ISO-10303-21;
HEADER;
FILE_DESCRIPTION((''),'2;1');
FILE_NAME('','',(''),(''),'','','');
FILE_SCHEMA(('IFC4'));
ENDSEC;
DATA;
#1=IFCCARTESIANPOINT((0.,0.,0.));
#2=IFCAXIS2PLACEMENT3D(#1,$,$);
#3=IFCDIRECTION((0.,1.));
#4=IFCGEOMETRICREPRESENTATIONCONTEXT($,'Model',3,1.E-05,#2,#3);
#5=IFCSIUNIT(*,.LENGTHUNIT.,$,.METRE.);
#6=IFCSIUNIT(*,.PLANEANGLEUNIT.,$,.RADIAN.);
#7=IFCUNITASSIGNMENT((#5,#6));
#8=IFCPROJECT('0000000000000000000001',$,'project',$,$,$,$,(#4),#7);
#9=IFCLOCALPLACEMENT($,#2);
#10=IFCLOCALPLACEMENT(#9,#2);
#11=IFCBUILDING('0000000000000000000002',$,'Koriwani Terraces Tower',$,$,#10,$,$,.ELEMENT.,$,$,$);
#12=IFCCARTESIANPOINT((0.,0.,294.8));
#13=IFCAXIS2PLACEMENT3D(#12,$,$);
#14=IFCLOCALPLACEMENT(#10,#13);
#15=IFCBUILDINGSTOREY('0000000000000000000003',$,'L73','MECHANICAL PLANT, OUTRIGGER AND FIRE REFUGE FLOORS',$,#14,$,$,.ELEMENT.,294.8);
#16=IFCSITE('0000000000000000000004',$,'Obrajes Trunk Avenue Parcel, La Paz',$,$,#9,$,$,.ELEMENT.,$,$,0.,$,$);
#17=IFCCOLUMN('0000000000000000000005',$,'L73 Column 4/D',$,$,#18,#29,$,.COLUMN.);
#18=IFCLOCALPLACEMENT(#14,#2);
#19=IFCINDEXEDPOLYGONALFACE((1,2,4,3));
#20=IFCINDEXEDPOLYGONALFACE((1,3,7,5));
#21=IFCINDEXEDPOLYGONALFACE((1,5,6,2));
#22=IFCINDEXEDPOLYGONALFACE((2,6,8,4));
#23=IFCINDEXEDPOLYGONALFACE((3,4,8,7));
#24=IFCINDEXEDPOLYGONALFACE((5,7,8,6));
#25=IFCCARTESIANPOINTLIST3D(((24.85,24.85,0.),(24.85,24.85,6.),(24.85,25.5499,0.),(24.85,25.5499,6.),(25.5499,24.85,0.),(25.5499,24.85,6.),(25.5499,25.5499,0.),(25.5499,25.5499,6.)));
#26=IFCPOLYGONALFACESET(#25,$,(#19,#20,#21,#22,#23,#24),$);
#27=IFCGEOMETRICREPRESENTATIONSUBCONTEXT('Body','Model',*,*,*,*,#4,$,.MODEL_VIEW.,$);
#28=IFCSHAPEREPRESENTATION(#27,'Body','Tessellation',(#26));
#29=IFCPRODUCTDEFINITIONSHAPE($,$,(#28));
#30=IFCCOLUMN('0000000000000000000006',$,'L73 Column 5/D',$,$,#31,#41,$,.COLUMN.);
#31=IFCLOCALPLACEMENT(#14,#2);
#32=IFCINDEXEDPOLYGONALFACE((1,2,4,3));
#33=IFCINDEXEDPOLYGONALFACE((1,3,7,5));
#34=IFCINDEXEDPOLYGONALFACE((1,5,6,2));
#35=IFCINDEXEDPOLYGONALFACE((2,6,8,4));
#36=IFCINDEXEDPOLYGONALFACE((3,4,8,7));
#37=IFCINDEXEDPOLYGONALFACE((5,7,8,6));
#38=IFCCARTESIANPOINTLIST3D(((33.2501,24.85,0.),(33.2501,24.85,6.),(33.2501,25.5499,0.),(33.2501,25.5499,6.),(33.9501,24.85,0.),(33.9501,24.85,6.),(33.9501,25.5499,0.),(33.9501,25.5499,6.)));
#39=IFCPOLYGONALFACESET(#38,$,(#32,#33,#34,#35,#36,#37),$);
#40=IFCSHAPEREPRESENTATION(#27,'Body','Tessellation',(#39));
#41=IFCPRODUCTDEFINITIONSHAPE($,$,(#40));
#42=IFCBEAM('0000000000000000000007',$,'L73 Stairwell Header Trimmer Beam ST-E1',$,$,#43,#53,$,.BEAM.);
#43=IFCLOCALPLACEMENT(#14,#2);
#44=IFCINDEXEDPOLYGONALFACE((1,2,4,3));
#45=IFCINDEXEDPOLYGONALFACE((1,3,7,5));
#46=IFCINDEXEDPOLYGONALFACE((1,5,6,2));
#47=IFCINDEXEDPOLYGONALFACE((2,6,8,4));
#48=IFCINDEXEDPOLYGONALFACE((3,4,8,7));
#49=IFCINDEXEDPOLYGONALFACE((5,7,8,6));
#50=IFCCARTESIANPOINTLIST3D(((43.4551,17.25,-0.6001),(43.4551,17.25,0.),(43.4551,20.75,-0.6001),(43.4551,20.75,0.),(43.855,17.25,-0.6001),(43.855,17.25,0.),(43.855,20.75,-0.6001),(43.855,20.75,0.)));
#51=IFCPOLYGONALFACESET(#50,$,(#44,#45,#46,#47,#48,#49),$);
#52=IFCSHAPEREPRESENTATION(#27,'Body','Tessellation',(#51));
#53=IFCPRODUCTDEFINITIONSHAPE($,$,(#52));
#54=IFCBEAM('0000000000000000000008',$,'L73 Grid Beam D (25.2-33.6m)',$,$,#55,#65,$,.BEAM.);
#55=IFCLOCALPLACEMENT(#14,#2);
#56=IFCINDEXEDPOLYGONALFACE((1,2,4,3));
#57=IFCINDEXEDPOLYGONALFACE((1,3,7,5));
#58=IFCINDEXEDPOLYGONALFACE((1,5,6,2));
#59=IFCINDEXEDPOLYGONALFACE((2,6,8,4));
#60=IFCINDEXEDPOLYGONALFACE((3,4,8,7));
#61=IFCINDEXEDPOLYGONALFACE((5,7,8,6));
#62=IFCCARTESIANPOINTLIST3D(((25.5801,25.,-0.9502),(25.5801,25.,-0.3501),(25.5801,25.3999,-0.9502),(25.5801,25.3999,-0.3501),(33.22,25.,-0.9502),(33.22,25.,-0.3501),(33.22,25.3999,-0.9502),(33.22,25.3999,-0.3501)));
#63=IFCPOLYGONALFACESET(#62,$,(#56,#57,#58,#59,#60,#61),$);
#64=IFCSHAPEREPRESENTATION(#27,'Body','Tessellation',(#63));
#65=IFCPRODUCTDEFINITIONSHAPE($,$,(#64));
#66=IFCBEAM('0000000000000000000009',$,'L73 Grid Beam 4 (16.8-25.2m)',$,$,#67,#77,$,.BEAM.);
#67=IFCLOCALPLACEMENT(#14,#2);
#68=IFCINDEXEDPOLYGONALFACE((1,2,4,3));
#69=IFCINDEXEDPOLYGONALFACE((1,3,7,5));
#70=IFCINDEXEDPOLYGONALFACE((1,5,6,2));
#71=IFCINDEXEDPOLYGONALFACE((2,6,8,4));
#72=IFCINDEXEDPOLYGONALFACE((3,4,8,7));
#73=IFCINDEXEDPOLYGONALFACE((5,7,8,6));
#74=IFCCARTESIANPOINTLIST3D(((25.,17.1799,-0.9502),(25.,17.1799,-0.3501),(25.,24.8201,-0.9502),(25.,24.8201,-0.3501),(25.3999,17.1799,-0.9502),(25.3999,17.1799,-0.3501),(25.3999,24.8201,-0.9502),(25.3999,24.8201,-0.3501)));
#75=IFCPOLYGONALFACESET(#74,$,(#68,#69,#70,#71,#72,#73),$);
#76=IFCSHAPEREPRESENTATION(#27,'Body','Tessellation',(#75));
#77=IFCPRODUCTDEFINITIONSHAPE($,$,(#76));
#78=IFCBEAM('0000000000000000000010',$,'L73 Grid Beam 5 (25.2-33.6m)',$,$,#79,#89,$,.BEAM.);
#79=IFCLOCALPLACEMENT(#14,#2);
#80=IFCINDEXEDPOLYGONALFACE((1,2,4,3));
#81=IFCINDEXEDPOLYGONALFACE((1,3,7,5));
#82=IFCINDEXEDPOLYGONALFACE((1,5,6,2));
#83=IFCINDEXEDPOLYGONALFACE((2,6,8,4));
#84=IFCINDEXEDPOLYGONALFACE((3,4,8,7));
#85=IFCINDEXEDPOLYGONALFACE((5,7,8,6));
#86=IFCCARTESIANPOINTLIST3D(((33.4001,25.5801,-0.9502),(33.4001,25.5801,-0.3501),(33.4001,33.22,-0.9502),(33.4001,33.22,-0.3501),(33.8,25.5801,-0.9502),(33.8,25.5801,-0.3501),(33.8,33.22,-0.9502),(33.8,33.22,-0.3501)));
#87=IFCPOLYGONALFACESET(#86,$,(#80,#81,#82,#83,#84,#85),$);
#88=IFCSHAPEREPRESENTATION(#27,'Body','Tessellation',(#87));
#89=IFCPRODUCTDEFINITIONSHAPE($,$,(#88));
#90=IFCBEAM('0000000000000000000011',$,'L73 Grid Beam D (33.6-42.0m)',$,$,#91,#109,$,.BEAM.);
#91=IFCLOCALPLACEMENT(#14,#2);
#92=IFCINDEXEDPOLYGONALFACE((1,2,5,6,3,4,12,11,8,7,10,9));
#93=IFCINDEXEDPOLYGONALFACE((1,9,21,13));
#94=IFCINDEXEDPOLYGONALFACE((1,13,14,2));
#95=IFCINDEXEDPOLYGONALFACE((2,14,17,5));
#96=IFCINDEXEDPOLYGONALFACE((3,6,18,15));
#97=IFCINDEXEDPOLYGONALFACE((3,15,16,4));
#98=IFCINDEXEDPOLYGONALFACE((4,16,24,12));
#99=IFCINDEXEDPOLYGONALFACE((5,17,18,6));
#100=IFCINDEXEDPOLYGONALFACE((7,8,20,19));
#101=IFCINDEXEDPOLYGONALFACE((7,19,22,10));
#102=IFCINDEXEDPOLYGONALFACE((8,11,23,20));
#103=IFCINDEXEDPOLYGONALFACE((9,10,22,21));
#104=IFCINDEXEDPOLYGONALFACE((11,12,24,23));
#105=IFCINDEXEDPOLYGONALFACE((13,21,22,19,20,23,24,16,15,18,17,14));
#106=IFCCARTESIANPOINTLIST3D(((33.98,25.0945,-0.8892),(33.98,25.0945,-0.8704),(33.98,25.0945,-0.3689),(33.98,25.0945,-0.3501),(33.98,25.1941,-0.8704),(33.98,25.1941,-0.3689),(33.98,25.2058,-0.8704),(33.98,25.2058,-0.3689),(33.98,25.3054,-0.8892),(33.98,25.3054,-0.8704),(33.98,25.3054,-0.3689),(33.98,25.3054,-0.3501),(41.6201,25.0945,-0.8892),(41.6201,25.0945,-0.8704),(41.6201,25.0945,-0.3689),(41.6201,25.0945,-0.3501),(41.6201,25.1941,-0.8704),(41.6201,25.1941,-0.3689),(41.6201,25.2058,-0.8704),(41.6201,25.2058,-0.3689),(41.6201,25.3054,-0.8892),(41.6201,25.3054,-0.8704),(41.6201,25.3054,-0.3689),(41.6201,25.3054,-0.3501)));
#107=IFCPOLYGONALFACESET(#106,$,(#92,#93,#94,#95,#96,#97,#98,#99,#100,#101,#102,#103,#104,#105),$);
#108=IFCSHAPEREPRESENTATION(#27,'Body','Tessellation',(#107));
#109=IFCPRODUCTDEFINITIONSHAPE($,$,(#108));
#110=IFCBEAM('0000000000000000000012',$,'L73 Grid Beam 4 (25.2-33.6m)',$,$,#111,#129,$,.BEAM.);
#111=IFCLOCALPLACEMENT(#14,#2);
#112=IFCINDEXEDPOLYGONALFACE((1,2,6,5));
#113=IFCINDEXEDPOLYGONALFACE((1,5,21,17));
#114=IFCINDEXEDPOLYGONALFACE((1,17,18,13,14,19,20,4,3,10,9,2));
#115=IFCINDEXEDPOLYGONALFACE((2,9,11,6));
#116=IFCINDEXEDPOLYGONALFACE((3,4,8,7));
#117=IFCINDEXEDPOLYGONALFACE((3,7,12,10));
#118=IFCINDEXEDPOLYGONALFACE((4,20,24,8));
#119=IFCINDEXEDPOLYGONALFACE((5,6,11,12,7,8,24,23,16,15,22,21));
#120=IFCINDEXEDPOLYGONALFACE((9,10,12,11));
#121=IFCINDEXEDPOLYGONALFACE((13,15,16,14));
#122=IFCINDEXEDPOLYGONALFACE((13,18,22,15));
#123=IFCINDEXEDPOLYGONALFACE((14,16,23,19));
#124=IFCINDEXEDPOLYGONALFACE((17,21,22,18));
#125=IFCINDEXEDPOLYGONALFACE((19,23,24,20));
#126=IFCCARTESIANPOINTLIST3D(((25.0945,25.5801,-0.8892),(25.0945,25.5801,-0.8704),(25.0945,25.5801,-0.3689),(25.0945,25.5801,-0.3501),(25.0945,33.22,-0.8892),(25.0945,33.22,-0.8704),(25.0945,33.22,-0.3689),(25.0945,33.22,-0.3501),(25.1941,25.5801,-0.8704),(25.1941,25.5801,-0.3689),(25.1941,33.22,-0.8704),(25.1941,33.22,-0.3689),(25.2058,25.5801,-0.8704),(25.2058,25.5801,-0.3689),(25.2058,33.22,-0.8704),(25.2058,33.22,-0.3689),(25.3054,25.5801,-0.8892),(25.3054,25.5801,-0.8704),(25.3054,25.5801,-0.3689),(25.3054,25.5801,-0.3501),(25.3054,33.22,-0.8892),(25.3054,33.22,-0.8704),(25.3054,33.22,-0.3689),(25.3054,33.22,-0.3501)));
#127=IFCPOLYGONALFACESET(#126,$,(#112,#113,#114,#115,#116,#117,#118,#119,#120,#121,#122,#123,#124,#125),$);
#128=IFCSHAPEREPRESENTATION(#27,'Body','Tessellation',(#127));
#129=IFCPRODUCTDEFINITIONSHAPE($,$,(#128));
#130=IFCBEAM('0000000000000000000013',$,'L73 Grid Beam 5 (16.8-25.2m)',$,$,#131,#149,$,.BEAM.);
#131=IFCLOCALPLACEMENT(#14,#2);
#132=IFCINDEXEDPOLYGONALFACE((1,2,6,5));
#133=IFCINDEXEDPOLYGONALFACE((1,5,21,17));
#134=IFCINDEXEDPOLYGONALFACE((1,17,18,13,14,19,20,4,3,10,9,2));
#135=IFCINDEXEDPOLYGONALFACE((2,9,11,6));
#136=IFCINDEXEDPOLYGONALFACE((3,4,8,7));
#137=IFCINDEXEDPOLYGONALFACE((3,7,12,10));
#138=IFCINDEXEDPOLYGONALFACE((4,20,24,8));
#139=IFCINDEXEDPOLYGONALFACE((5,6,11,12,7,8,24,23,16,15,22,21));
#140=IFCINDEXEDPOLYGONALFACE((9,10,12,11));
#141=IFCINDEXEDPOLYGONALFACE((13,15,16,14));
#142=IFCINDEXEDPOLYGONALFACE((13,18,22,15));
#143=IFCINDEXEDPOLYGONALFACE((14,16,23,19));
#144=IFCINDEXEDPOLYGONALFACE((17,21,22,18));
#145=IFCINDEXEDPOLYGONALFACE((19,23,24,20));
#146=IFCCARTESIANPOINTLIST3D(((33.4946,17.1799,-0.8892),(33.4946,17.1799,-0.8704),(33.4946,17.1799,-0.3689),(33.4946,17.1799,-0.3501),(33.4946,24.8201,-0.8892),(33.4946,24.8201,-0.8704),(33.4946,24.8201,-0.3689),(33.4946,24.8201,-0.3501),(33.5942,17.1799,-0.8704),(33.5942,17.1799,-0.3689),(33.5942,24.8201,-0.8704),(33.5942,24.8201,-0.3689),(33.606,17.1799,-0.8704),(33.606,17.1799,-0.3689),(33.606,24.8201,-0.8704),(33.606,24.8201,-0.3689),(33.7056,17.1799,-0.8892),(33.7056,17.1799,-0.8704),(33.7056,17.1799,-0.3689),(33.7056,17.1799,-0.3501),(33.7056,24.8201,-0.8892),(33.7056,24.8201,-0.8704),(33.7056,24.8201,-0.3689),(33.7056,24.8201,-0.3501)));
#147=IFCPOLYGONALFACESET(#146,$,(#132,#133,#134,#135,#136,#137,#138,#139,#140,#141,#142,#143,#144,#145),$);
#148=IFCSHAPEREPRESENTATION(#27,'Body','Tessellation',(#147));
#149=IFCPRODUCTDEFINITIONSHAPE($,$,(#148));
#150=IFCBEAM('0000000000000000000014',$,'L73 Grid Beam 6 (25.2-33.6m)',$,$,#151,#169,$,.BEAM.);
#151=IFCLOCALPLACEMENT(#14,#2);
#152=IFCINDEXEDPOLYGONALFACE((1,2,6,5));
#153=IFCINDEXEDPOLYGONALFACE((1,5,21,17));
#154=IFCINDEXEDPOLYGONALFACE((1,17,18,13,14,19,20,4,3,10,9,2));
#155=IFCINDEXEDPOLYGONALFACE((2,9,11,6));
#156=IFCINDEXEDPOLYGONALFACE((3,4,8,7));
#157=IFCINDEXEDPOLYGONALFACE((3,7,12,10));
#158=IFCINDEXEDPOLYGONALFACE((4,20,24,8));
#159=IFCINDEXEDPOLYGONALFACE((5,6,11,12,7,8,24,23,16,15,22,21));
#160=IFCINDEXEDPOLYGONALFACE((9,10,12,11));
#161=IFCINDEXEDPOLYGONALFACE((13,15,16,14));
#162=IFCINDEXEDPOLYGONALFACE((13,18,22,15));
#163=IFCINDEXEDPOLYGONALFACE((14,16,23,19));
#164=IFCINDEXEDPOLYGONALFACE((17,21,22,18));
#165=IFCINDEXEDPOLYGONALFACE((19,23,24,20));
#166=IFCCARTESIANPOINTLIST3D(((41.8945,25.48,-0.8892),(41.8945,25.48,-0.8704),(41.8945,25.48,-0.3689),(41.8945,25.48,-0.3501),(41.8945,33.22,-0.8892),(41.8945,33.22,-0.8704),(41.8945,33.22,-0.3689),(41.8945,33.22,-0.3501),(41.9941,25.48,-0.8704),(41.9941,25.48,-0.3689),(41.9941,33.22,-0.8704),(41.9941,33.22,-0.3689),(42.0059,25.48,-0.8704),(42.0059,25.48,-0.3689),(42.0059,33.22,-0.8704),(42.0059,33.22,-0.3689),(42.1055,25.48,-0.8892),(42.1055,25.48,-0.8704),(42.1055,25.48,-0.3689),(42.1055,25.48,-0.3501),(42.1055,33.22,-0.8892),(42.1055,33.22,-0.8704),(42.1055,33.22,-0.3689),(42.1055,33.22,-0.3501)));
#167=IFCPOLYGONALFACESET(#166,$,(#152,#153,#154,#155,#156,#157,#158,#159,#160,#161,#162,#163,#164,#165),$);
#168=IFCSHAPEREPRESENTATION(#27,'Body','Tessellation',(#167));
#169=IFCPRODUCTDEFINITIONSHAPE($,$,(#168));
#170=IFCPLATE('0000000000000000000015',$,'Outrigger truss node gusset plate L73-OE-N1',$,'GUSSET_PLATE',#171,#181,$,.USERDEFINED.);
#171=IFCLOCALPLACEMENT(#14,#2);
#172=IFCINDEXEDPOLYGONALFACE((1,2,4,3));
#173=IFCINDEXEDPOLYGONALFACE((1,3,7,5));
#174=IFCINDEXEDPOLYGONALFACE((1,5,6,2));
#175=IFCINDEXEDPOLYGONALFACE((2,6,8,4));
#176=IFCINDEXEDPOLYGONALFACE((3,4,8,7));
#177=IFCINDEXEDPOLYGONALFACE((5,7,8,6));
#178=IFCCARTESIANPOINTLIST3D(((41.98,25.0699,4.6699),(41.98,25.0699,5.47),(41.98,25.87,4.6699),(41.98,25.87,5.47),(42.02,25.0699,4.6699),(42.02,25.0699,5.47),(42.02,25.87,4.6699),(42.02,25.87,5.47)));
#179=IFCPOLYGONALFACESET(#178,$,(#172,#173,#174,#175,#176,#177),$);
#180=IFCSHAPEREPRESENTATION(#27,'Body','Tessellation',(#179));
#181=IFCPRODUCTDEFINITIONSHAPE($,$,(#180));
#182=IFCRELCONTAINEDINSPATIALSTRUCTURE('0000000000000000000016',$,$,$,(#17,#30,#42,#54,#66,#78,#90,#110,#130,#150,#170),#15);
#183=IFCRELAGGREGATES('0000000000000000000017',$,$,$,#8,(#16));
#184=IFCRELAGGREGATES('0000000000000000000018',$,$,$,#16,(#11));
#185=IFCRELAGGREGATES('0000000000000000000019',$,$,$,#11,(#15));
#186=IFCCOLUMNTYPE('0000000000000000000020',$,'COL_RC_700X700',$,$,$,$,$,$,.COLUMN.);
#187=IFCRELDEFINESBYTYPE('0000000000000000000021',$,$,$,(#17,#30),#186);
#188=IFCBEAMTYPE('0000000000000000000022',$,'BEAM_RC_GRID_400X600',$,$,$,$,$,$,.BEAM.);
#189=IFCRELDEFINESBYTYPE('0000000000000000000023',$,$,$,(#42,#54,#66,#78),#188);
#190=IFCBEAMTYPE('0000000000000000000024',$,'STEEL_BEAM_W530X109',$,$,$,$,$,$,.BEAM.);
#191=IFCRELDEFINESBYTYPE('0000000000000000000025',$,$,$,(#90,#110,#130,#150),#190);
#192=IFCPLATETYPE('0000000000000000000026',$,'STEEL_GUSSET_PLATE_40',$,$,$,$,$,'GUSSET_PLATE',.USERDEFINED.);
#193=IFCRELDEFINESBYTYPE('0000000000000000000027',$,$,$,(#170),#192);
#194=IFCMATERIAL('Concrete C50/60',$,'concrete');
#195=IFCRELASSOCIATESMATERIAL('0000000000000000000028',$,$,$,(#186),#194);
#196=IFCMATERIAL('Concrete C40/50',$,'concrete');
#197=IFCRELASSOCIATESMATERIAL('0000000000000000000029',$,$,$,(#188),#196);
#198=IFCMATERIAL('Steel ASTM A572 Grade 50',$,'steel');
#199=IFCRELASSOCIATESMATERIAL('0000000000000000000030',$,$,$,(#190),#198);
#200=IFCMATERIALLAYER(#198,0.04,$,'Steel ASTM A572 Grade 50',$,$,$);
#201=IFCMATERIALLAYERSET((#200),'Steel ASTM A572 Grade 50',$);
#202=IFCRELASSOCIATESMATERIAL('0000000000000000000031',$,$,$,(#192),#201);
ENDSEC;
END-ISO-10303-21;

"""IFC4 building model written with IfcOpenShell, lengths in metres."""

from ifc_helpers import new_model, si_unit, direction, frame, origin, origin_2d, place, context, subcontext, project, spatial, rectangle, i_section, extrude, material, layer, layer_set, material_profile, profile_set, type_object, element, save


model = new_model("IFC4")

# Units and contexts
model_context = context("Model", 3, precision=1e-05, world=origin(), true_north=direction((0.0, 1.0)))
body_context = subcontext(model_context, "Body", "Model", "MODEL_VIEW")
ifc_project = project(units=[si_unit("LENGTHUNIT", "METRE"), si_unit("PLANEANGLEUNIT", "RADIAN")], contexts=[model_context])

# Site, building, storey
site_placement = place(None, origin())
site = spatial("IfcSite", under=ifc_project, at=site_placement, Name="Obrajes Trunk Avenue Parcel, La Paz", CompositionType="ELEMENT", RefElevation=0.0)
building_placement = place(site_placement, origin())
building = spatial("IfcBuilding", under=site, at=building_placement, Name="Koriwani Terraces Tower", CompositionType="ELEMENT")
storey_placement = place(building_placement, frame((0.0, 0.0, 294.8)))
storey = spatial("IfcBuildingStorey", under=building, at=storey_placement, Name="L73", Description="MECHANICAL PLANT, OUTRIGGER AND FIRE REFUGE FLOORS", CompositionType="ELEMENT", Elevation=294.8)

# Columns
ifc_material_1 = material(Name="Concrete C50/60", Category="concrete")
ifc_material_profile_1 = material_profile(ifc_material_1, rectangle(XDim=0.7, YDim=0.7, at=origin_2d()), Name="Concrete C50/60", Category="LoadBearing")
ifc_profile_set_1 = profile_set([ifc_material_profile_1], Name="Concrete C50/60")
column_type = type_object("IfcColumnType", Name="COL_RC_700X700", PredefinedType="COLUMN", material=ifc_profile_set_1)
for number, where, z_axis, x_axis, name in (
    (1, (25.2, 25.2, 0.0), (0.0, 0.0, 1.0), (1.0, 0.0, 0.0), "L73 Column 4/D"),
    (2, (33.6001, 25.2, 0.0), (0.0, 0.0, 1.0), (1.0, 0.0, 0.0), "L73 Column 5/D"),
):
    element("IfcColumn", number, at=place(storey_placement, frame(where, z_axis=z_axis, x_axis=x_axis)), inside=storey, type_object=column_type, Name=name, PredefinedType="COLUMN", context=body_context, shape_type="SweptSolid", body=[
        extrude(rectangle(XDim=0.7, YDim=0.7, at=origin_2d()), origin(), (0.0, 0.0, 1.0), 6.0),
    ])

# Beams
ifc_material_2 = material(Name="Concrete C40/50", Category="concrete")
ifc_material_profile_2 = material_profile(ifc_material_2, rectangle(XDim=0.3999, YDim=0.6001, at=origin_2d()), Name="Concrete C40/50", Category="LoadBearing")
ifc_profile_set_2 = profile_set([ifc_material_profile_2], Name="Concrete C40/50")
beam_type_1 = type_object("IfcBeamType", Name="BEAM_RC_GRID_400X600", PredefinedType="BEAM", material=ifc_profile_set_2)
beam_1_placement = place(storey_placement, frame((43.655, 17.25, -0.3), z_axis=(0.0, 1.0, 0.0), x_axis=(-1.0, 0.0, 0.0)))
element("IfcBeam", 3, at=beam_1_placement, inside=storey, type_object=beam_type_1, Name="L73 Stairwell Header Trimmer Beam ST-E1", PredefinedType="BEAM", context=body_context, shape_type="SweptSolid", body=[
    extrude(rectangle(XDim=0.3999, YDim=0.6001, at=origin_2d()), origin(), (0.0, 0.0, 1.0), 3.5),
])
beam_2_placement = place(storey_placement, frame((25.5801, 25.2, -0.6501), z_axis=(1.0, 0.0, 0.0), x_axis=(0.0, 1.0, 0.0)))
element("IfcBeam", 4, at=beam_2_placement, inside=storey, type_object=beam_type_1, Name="L73 Grid Beam D (25.2-33.6m)", PredefinedType="BEAM", context=body_context, shape_type="SweptSolid", body=[
    extrude(rectangle(XDim=0.3999, YDim=0.6001, at=origin_2d()), origin(), (0.0, 0.0, 1.0), 7.6399),
])
beam_3_placement = place(storey_placement, frame((25.2, 17.1799, -0.6501), z_axis=(0.0, 1.0, 0.0), x_axis=(-1.0, 0.0, 0.0)))
element("IfcBeam", 5, at=beam_3_placement, inside=storey, type_object=beam_type_1, Name="L73 Grid Beam 4 (16.8-25.2m)", PredefinedType="BEAM", context=body_context, shape_type="SweptSolid", body=[
    extrude(rectangle(XDim=0.3999, YDim=0.6001, at=origin_2d()), origin(), (0.0, 0.0, 1.0), 7.6401),
])
beam_4_placement = place(storey_placement, frame((33.6001, 25.5801, -0.6501), z_axis=(0.0, 1.0, 0.0), x_axis=(-1.0, 0.0, 0.0)))
element("IfcBeam", 6, at=beam_4_placement, inside=storey, type_object=beam_type_1, Name="L73 Grid Beam 5 (25.2-33.6m)", PredefinedType="BEAM", context=body_context, shape_type="SweptSolid", body=[
    extrude(rectangle(XDim=0.3999, YDim=0.6001, at=origin_2d()), origin(), (0.0, 0.0, 1.0), 7.6399),
])
ifc_material_3 = material(Name="Steel ASTM A572 Grade 50", Category="steel")
ifc_material_profile_3 = material_profile(ifc_material_3, i_section(OverallWidth=0.2109, OverallDepth=0.5391, WebThickness=0.0117, FlangeThickness=0.0188, at=origin_2d()), Name="Steel ASTM A572 Grade 50", Category="LoadBearing")
ifc_profile_set_3 = profile_set([ifc_material_profile_3], Name="Steel ASTM A572 Grade 50")
beam_type_2 = type_object("IfcBeamType", Name="STEEL_BEAM_W530X109", PredefinedType="BEAM", material=ifc_profile_set_3)
beam_5_placement = place(storey_placement, frame((33.98, 25.2, -0.6196), z_axis=(1.0, 0.0, 0.0), x_axis=(0.0, 1.0, 0.0)))
element("IfcBeam", 7, at=beam_5_placement, inside=storey, type_object=beam_type_2, Name="L73 Grid Beam D (33.6-42.0m)", PredefinedType="BEAM", context=body_context, shape_type="SweptSolid", body=[
    extrude(i_section(OverallWidth=0.2109, OverallDepth=0.5391, WebThickness=0.0117, FlangeThickness=0.0188, at=origin_2d()), origin(), (0.0, 0.0, 1.0), 7.6401),
])
beam_6_placement = place(storey_placement, frame((25.2, 25.5801, -0.6196), z_axis=(0.0, 1.0, 0.0), x_axis=(-1.0, 0.0, 0.0)))
element("IfcBeam", 8, at=beam_6_placement, inside=storey, type_object=beam_type_2, Name="L73 Grid Beam 4 (25.2-33.6m)", PredefinedType="BEAM", context=body_context, shape_type="SweptSolid", body=[
    extrude(i_section(OverallWidth=0.2109, OverallDepth=0.5391, WebThickness=0.0117, FlangeThickness=0.0188, at=origin_2d()), origin(), (0.0, 0.0, 1.0), 7.6399),
])
beam_7_placement = place(storey_placement, frame((33.6001, 17.1799, -0.6196), z_axis=(0.0, 1.0, 0.0), x_axis=(-1.0, 0.0, 0.0)))
element("IfcBeam", 9, at=beam_7_placement, inside=storey, type_object=beam_type_2, Name="L73 Grid Beam 5 (16.8-25.2m)", PredefinedType="BEAM", context=body_context, shape_type="SweptSolid", body=[
    extrude(i_section(OverallWidth=0.2109, OverallDepth=0.5391, WebThickness=0.0117, FlangeThickness=0.0188, at=origin_2d()), origin(), (0.0, 0.0, 1.0), 7.6401),
])
beam_8_placement = place(storey_placement, frame((42.0, 25.48, -0.6196), z_axis=(0.0, 1.0, 0.0), x_axis=(-1.0, 0.0, 0.0)))
element("IfcBeam", 10, at=beam_8_placement, inside=storey, type_object=beam_type_2, Name="L73 Grid Beam 6 (25.2-33.6m)", PredefinedType="BEAM", context=body_context, shape_type="SweptSolid", body=[
    extrude(i_section(OverallWidth=0.2109, OverallDepth=0.5391, WebThickness=0.0117, FlangeThickness=0.0188, at=origin_2d()), origin(), (0.0, 0.0, 1.0), 7.74),
])

# Plate
ifc_layer_1 = layer(ifc_material_3, 0.04, Name="Steel ASTM A572 Grade 50")
ifc_layer_set_1 = layer_set([ifc_layer_1], Name="Steel ASTM A572 Grade 50")
plate_type = type_object("IfcPlateType", Name="STEEL_GUSSET_PLATE_40", ElementType="GUSSET_PLATE", PredefinedType="USERDEFINED", material=ifc_layer_set_1)
plate_placement = place(storey_placement, frame((42.0, 25.47, 4.6699), z_axis=(0.0, 0.0, 1.0), x_axis=(0.0, -1.0, 0.0)))
element("IfcPlate", 11, at=plate_placement, inside=storey, type_object=plate_type, Name="Outrigger truss node gusset plate L73-OE-N1", ObjectType="GUSSET_PLATE", PredefinedType="USERDEFINED", context=body_context, shape_type="SweptSolid", body=[
    extrude(rectangle(XDim=0.8, YDim=0.04, at=origin_2d()), origin(), (0.0, 0.0, 1.0), 0.8),
])

save(model, "model.ifc")
